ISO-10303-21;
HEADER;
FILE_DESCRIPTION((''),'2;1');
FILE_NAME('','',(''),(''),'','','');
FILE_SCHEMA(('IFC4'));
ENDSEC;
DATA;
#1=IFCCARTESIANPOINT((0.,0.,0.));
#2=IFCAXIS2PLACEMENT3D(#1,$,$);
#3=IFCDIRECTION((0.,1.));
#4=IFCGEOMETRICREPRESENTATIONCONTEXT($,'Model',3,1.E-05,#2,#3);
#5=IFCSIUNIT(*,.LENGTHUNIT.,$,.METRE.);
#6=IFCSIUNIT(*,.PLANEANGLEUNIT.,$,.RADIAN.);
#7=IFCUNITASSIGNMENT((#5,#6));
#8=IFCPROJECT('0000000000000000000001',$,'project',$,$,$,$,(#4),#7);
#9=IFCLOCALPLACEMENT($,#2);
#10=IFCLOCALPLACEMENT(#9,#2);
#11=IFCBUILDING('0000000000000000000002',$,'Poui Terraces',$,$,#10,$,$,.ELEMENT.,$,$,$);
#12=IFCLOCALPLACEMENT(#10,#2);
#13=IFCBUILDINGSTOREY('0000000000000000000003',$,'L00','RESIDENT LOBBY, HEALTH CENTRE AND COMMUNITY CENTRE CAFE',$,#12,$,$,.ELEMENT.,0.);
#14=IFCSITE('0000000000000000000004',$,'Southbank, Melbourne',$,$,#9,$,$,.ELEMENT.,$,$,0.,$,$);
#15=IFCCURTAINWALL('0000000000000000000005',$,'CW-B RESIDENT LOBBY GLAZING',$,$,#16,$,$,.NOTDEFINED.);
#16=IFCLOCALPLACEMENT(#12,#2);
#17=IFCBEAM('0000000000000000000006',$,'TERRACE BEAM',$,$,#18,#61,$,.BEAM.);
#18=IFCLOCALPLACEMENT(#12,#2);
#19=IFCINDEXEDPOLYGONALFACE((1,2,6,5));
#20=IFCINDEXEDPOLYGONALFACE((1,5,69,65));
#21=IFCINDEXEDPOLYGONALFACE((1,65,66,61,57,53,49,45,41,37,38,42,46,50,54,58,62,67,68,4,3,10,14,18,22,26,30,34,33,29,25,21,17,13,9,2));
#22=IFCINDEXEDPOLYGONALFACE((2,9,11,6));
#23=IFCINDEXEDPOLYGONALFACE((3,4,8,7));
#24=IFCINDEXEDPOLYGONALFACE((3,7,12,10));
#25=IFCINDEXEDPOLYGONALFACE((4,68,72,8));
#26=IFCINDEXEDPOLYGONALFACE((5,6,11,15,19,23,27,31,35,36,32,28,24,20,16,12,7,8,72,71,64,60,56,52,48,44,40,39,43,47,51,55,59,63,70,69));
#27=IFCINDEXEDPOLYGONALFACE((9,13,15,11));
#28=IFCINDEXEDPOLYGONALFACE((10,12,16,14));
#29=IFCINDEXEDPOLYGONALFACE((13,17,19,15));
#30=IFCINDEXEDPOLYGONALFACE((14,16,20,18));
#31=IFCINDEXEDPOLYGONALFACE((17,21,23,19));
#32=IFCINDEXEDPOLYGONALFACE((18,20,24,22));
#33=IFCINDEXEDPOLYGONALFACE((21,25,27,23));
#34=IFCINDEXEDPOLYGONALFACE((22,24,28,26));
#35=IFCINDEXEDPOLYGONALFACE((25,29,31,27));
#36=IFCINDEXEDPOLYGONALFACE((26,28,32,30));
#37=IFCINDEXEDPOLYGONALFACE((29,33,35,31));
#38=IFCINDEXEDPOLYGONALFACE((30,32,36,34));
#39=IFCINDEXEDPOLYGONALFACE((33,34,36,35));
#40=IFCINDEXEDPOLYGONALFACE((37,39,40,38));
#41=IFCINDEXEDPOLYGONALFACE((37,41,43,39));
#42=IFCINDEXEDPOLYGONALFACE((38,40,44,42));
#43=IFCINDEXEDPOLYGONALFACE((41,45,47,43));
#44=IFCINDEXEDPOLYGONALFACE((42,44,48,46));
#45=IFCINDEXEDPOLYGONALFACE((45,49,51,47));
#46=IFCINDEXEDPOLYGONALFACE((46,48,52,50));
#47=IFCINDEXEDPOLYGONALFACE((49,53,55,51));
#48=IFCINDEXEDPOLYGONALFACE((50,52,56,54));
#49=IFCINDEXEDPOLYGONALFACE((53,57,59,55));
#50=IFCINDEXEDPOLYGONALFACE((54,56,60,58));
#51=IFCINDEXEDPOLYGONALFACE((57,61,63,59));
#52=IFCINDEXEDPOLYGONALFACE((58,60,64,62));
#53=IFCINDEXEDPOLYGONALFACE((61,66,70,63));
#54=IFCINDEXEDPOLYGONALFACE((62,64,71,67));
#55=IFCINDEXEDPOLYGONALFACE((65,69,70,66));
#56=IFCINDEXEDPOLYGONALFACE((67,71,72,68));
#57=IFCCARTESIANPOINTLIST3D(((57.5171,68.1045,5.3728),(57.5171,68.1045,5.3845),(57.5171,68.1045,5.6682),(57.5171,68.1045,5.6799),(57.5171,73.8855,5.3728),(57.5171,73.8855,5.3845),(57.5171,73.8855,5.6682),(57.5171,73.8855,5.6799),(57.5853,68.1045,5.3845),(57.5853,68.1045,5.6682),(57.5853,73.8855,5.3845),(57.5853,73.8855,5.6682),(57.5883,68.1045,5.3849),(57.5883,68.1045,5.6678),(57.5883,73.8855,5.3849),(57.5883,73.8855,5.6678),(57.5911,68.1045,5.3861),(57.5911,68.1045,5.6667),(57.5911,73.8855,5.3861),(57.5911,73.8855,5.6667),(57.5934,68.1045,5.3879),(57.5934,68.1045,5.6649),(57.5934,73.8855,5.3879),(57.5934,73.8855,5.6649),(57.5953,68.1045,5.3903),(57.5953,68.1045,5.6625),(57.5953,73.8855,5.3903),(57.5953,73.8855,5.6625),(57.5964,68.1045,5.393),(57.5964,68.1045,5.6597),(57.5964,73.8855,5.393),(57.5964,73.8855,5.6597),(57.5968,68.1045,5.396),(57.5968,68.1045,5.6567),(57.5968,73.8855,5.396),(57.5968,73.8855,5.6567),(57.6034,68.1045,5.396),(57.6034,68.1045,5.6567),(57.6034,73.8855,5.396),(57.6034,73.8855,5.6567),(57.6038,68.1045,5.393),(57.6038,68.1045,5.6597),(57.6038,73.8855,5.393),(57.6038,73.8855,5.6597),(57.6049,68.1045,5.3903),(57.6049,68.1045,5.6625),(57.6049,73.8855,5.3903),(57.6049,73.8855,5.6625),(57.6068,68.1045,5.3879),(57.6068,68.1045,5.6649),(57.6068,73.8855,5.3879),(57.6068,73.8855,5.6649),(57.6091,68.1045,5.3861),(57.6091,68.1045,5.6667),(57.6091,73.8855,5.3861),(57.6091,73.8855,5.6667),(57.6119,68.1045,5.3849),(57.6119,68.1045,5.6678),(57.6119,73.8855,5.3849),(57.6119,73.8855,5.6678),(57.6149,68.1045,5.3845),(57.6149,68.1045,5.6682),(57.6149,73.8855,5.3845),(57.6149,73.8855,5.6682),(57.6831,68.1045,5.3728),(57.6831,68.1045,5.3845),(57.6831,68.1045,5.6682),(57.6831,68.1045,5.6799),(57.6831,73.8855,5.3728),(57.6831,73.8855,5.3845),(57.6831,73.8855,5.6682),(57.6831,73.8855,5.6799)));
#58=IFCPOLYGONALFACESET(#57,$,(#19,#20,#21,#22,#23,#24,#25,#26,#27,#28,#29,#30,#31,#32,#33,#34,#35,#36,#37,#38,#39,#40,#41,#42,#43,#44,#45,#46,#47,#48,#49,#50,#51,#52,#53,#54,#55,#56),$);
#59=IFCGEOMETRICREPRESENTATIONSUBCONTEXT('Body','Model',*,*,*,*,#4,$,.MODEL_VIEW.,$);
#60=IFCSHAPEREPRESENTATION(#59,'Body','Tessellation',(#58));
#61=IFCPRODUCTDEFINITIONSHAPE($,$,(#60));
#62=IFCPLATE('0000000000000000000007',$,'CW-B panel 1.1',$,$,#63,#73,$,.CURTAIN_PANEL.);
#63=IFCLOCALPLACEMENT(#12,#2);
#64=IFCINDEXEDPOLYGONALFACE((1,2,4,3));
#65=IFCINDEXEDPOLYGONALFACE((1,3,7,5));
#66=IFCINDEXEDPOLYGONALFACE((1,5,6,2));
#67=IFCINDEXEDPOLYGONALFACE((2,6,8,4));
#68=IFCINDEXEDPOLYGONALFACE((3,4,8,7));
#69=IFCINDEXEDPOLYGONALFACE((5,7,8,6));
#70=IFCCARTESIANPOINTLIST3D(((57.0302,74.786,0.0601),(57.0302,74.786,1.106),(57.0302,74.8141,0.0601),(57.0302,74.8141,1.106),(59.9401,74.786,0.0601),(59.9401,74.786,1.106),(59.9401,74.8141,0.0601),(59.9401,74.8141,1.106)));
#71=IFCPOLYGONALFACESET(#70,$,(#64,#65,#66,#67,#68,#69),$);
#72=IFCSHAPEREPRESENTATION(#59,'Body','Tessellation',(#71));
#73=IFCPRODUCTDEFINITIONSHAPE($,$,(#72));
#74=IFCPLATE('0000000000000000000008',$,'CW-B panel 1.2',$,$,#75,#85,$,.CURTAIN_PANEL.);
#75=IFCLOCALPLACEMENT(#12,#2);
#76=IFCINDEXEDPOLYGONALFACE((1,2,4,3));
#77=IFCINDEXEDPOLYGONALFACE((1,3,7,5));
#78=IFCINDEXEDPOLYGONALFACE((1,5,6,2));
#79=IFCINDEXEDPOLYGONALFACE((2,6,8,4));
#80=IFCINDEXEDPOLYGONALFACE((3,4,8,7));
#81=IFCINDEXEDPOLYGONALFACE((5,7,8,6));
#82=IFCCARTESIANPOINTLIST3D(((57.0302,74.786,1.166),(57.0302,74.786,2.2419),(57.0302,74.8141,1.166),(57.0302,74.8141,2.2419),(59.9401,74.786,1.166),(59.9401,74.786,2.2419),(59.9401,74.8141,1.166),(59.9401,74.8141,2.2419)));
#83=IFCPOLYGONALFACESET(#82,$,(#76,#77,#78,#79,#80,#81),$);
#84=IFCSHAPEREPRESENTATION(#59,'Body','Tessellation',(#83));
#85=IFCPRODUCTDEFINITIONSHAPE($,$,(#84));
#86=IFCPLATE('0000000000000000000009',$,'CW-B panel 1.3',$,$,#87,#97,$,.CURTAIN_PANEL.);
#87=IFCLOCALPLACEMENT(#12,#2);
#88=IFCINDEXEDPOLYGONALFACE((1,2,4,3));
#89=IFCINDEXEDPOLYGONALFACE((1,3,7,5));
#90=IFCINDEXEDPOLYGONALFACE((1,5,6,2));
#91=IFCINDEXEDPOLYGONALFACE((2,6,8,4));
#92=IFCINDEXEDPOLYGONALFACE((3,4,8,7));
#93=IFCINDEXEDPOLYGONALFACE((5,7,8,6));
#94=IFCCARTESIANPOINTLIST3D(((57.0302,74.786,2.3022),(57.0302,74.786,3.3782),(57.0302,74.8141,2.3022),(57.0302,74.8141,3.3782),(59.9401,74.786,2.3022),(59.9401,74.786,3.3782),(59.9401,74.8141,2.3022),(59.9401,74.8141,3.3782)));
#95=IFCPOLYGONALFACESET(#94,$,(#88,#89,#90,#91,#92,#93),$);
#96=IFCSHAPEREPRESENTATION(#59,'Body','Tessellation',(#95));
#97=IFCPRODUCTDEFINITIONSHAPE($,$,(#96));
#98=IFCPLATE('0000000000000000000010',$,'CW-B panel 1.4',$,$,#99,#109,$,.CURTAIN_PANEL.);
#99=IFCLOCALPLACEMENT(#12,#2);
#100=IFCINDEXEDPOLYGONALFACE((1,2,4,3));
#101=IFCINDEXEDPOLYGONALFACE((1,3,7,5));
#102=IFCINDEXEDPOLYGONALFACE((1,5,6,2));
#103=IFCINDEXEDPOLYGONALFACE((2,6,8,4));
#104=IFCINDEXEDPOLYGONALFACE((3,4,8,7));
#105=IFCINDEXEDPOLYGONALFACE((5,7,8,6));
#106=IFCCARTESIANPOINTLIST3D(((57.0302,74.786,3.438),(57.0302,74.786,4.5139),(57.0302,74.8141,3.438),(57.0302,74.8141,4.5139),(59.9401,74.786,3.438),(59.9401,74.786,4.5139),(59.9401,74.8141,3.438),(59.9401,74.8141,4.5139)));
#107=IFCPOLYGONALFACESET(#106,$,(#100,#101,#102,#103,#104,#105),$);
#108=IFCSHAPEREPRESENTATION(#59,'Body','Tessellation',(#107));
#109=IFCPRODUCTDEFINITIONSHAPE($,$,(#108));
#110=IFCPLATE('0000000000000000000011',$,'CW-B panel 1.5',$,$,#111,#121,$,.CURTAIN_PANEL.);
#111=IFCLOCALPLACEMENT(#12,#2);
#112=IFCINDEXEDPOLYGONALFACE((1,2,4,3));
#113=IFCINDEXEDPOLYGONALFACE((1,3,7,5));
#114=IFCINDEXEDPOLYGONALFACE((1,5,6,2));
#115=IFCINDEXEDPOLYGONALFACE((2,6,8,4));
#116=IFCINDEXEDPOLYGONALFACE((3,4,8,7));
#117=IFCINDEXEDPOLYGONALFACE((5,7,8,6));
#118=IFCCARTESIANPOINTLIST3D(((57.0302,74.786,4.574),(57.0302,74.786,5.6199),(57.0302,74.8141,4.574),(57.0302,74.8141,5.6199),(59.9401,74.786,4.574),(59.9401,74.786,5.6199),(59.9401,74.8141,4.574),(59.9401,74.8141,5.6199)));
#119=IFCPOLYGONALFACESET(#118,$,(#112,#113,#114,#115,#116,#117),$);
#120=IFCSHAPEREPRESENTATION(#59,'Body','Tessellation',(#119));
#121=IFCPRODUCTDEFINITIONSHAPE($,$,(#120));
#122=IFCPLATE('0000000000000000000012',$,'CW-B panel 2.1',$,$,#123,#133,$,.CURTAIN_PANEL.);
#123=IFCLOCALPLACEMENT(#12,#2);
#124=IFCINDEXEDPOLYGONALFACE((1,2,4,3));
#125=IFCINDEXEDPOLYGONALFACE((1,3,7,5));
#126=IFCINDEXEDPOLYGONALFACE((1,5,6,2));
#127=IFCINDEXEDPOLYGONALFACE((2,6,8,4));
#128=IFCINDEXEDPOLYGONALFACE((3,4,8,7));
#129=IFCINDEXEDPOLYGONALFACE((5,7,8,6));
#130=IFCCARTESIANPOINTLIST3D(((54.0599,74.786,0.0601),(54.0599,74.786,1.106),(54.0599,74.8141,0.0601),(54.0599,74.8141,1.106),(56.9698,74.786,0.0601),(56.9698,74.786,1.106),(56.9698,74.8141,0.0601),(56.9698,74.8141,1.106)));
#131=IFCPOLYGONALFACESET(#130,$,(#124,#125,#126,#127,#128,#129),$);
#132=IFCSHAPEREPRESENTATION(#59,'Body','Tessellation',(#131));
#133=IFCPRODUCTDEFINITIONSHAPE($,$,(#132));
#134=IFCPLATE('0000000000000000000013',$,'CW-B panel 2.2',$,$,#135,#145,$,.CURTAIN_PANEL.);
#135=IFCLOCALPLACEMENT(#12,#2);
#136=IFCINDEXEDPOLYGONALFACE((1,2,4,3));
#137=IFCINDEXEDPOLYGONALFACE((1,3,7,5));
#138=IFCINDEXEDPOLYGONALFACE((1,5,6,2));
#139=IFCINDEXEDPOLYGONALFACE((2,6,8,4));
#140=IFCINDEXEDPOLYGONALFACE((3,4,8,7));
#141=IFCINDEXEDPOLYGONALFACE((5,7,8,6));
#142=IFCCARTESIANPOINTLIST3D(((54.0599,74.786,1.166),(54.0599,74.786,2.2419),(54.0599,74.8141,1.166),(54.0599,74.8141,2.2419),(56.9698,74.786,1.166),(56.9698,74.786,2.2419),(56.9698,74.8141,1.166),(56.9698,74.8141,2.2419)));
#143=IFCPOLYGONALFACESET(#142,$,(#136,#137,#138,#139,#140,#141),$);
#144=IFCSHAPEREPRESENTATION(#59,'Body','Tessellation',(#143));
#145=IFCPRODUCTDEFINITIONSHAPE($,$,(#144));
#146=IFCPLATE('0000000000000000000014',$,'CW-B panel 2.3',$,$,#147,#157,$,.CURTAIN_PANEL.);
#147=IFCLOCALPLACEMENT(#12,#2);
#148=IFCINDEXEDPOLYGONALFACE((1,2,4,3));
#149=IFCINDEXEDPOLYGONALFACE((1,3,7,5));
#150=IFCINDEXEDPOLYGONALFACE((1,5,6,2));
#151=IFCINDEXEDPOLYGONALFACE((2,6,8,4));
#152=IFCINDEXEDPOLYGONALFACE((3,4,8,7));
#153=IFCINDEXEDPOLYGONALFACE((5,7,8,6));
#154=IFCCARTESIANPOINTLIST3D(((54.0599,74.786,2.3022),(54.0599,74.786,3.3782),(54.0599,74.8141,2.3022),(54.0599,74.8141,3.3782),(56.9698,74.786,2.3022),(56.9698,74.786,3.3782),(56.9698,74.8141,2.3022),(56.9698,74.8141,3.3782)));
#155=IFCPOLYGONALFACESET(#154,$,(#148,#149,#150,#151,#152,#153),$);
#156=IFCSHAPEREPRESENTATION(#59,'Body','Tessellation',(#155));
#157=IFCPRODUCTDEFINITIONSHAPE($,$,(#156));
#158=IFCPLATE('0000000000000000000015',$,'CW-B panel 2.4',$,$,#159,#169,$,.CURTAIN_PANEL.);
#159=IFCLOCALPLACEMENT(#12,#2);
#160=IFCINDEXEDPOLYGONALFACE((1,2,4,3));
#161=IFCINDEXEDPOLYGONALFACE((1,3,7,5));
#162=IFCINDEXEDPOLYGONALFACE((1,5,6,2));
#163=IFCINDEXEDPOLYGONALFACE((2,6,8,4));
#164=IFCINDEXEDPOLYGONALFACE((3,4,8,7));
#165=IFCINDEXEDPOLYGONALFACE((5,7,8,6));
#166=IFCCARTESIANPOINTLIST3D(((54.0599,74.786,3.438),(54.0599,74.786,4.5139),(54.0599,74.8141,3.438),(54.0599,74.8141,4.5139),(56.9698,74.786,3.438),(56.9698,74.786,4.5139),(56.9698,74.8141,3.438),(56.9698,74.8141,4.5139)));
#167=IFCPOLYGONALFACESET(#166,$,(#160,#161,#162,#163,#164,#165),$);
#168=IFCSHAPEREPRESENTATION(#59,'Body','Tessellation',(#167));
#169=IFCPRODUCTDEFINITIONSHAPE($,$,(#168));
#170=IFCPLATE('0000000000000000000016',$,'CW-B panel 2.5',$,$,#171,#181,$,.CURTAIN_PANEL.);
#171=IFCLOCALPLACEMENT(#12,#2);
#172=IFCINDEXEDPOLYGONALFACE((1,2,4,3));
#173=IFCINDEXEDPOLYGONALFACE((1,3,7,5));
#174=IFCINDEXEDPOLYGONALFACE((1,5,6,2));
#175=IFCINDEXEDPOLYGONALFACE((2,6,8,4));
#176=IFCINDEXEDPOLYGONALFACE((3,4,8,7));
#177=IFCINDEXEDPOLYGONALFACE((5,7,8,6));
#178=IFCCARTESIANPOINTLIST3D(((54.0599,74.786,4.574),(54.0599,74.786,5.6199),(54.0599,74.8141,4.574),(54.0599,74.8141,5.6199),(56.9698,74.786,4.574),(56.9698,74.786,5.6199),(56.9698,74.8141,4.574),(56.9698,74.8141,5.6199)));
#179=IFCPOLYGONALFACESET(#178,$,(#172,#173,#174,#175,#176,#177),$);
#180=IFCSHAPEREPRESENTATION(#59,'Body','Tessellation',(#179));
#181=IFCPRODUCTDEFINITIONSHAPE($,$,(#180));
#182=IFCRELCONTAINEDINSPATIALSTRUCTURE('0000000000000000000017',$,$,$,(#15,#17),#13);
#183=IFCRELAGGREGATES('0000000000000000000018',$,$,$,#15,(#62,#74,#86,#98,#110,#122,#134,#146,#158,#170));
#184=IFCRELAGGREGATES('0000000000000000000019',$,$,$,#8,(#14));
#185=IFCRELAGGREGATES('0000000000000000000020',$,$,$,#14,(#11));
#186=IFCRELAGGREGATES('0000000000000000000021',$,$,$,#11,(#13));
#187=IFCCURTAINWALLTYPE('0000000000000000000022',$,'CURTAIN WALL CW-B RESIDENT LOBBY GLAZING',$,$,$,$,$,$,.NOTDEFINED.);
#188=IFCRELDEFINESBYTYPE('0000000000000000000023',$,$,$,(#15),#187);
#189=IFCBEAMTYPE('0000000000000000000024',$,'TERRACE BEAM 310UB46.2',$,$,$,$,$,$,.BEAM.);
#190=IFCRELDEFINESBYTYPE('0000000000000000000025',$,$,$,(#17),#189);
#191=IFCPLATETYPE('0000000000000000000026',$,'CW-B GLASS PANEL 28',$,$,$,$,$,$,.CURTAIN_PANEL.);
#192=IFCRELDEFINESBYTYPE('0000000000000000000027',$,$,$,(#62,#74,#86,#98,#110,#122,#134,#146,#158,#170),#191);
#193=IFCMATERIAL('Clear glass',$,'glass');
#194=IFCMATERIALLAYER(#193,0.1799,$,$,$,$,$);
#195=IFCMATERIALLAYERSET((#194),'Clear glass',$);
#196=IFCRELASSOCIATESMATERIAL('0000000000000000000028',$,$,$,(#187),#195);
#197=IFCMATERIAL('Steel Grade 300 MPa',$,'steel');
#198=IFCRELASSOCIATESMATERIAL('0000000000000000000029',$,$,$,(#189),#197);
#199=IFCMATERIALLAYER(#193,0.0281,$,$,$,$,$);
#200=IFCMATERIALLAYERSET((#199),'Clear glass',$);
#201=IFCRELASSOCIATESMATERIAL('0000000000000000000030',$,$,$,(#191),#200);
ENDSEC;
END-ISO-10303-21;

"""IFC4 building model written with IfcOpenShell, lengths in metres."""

from ifc_helpers import new_model, si_unit, direction, frame, origin, origin_2d, place, context, subcontext, project, spatial, rectangle, i_section, extrude, source, transform, mapped, material, layer, layer_set, material_profile, profile_set, type_object, element, aggregate, save


model = new_model("IFC4")

# Units and contexts
model_context = context("Model", 3, precision=1e-05, world=origin(), true_north=direction((0.0, 1.0)))
body_context = subcontext(model_context, "Body", "Model", "MODEL_VIEW")
ifc_project = project(units=[si_unit("LENGTHUNIT", "METRE"), si_unit("PLANEANGLEUNIT", "RADIAN")], contexts=[model_context])

# Site, building, storey
site_placement = place(None, origin())
site = spatial("IfcSite", under=ifc_project, at=site_placement, Name="Southbank, Melbourne", CompositionType="ELEMENT", RefElevation=0.0)
building_placement = place(site_placement, origin())
building = spatial("IfcBuilding", under=site, at=building_placement, Name="Poui Terraces", CompositionType="ELEMENT")
storey_placement = place(building_placement, origin())
storey = spatial("IfcBuildingStorey", under=building, at=storey_placement, Name="L00", Description="RESIDENT LOBBY, HEALTH CENTRE AND COMMUNITY CENTRE CAFE", CompositionType="ELEMENT", Elevation=0.0)

# Shared definitions
ifc_material_1 = material(Name="Clear glass", Category="glass")
ifc_layer_1 = layer(ifc_material_1, 0.1799)
ifc_layer_set_1 = layer_set([ifc_layer_1], Name="Clear glass")
curtain_wall_type = type_object("IfcCurtainWallType", Name="CURTAIN WALL CW-B RESIDENT LOBBY GLAZING", PredefinedType="NOTDEFINED", material=ifc_layer_set_1)

# Curtain wall
curtain_wall_1_placement = place(storey_placement, origin())
curtain_wall_1 = element("IfcCurtainWall", 1, at=curtain_wall_1_placement, inside=storey, type_object=curtain_wall_type, Name="CW-B RESIDENT LOBBY GLAZING", PredefinedType="NOTDEFINED")

# Beam
ifc_material_2 = material(Name="Steel Grade 300 MPa", Category="steel")
ifc_material_profile_1 = material_profile(ifc_material_2, i_section(OverallWidth=0.166, OverallDepth=0.3071, WebThickness=0.0066, FlangeThickness=0.0117, FilletRadius=0.0115, at=origin_2d()), Name="310UB46.2")
ifc_profile_set_1 = profile_set([ifc_material_profile_1], Name="Steel Grade 300 MPa")
beam_type = type_object("IfcBeamType", Name="TERRACE BEAM 310UB46.2", PredefinedType="BEAM", material=ifc_profile_set_1)
shared_shape = source(origin(), body_context, "Body", "SweptSolid", [
    extrude(i_section(OverallWidth=0.166, OverallDepth=0.3071, WebThickness=0.0066, FlangeThickness=0.0117, FilletRadius=0.0115, at=origin_2d()), origin(), (0.0, 0.0, 1.0), 5.781),
])
for number, where, z_axis, x_axis, name in (
    (2, (57.6001, 68.1045, 5.5264), (0.0, 1.0, 0.0), (-1.0, 0.0, 0.0), "TERRACE BEAM"),
):
    element("IfcBeam", number, at=place(storey_placement, frame(where, z_axis=z_axis, x_axis=x_axis)), inside=storey, type_object=beam_type, Name=name, PredefinedType="BEAM", context=body_context, shape_type="MappedRepresentation", body=[
        mapped(shared_shape, transform((0.0, 0.0, 0.0))),
    ])

# Plates
ifc_layer_2 = layer(ifc_material_1, 0.0281)
ifc_layer_set_2 = layer_set([ifc_layer_2], Name="Clear glass")
plate_type = type_object("IfcPlateType", Name="CW-B GLASS PANEL 28", PredefinedType="CURTAIN_PANEL", material=ifc_layer_set_2)
plate_1_placement = place(storey_placement, frame((58.4851, 74.8, 0.0601), z_axis=(0.0, 0.0, 1.0), x_axis=(-1.0, 0.0, 0.0)))
plate_1 = element("IfcPlate", 3, at=plate_1_placement, type_object=plate_type, Name="CW-B panel 1.1", PredefinedType="CURTAIN_PANEL", context=body_context, shape_type="SweptSolid", body=[
    extrude(rectangle(XDim=2.9099, YDim=0.0281, at=origin_2d()), origin(), (0.0, 0.0, 1.0), 1.0459),
])
plate_2_placement = place(storey_placement, frame((58.4851, 74.8, 1.166), z_axis=(0.0, 0.0, 1.0), x_axis=(-1.0, 0.0, 0.0)))
plate_2 = element("IfcPlate", 4, at=plate_2_placement, type_object=plate_type, Name="CW-B panel 1.2", PredefinedType="CURTAIN_PANEL", context=body_context, shape_type="SweptSolid", body=[
    extrude(rectangle(XDim=2.9099, YDim=0.0281, at=origin_2d()), origin(), (0.0, 0.0, 1.0), 1.0759),
])
plate_3_placement = place(storey_placement, frame((58.4851, 74.8, 2.3022), z_axis=(0.0, 0.0, 1.0), x_axis=(-1.0, 0.0, 0.0)))
plate_3 = element("IfcPlate", 5, at=plate_3_placement, type_object=plate_type, Name="CW-B panel 1.3", PredefinedType="CURTAIN_PANEL", context=body_context, shape_type="SweptSolid", body=[
    extrude(rectangle(XDim=2.9099, YDim=0.0281, at=origin_2d()), origin(), (0.0, 0.0, 1.0), 1.0759),
])
plate_4_placement = place(storey_placement, frame((58.4851, 74.8, 3.438), z_axis=(0.0, 0.0, 1.0), x_axis=(-1.0, 0.0, 0.0)))
plate_4 = element("IfcPlate", 6, at=plate_4_placement, type_object=plate_type, Name="CW-B panel 1.4", PredefinedType="CURTAIN_PANEL", context=body_context, shape_type="SweptSolid", body=[
    extrude(rectangle(XDim=2.9099, YDim=0.0281, at=origin_2d()), origin(), (0.0, 0.0, 1.0), 1.0759),
])
plate_5_placement = place(storey_placement, frame((58.4851, 74.8, 4.574), z_axis=(0.0, 0.0, 1.0), x_axis=(-1.0, 0.0, 0.0)))
plate_5 = element("IfcPlate", 7, at=plate_5_placement, type_object=plate_type, Name="CW-B panel 1.5", PredefinedType="CURTAIN_PANEL", context=body_context, shape_type="SweptSolid", body=[
    extrude(rectangle(XDim=2.9099, YDim=0.0281, at=origin_2d()), origin(), (0.0, 0.0, 1.0), 1.0459),
])
plate_6_placement = place(storey_placement, frame((55.5149, 74.8, 0.0601), z_axis=(0.0, 0.0, 1.0), x_axis=(-1.0, 0.0, 0.0)))
plate_6 = element("IfcPlate", 8, at=plate_6_placement, type_object=plate_type, Name="CW-B panel 2.1", PredefinedType="CURTAIN_PANEL", context=body_context, shape_type="SweptSolid", body=[
    extrude(rectangle(XDim=2.9099, YDim=0.0281, at=origin_2d()), origin(), (0.0, 0.0, 1.0), 1.0459),
])
plate_7_placement = place(storey_placement, frame((55.5149, 74.8, 1.166), z_axis=(0.0, 0.0, 1.0), x_axis=(-1.0, 0.0, 0.0)))
plate_7 = element("IfcPlate", 9, at=plate_7_placement, type_object=plate_type, Name="CW-B panel 2.2", PredefinedType="CURTAIN_PANEL", context=body_context, shape_type="SweptSolid", body=[
    extrude(rectangle(XDim=2.9099, YDim=0.0281, at=origin_2d()), origin(), (0.0, 0.0, 1.0), 1.0759),
])
plate_8_placement = place(storey_placement, frame((55.5149, 74.8, 2.3022), z_axis=(0.0, 0.0, 1.0), x_axis=(-1.0, 0.0, 0.0)))
plate_8 = element("IfcPlate", 10, at=plate_8_placement, type_object=plate_type, Name="CW-B panel 2.3", PredefinedType="CURTAIN_PANEL", context=body_context, shape_type="SweptSolid", body=[
    extrude(rectangle(XDim=2.9099, YDim=0.0281, at=origin_2d()), origin(), (0.0, 0.0, 1.0), 1.0759),
])
plate_9_placement = place(storey_placement, frame((55.5149, 74.8, 3.438), z_axis=(0.0, 0.0, 1.0), x_axis=(-1.0, 0.0, 0.0)))
plate_9 = element("IfcPlate", 11, at=plate_9_placement, type_object=plate_type, Name="CW-B panel 2.4", PredefinedType="CURTAIN_PANEL", context=body_context, shape_type="SweptSolid", body=[
    extrude(rectangle(XDim=2.9099, YDim=0.0281, at=origin_2d()), origin(), (0.0, 0.0, 1.0), 1.0759),
])
plate_10_placement = place(storey_placement, frame((55.5149, 74.8, 4.574), z_axis=(0.0, 0.0, 1.0), x_axis=(-1.0, 0.0, 0.0)))
plate_10 = element("IfcPlate", 12, at=plate_10_placement, type_object=plate_type, Name="CW-B panel 2.5", PredefinedType="CURTAIN_PANEL", context=body_context, shape_type="SweptSolid", body=[
    extrude(rectangle(XDim=2.9099, YDim=0.0281, at=origin_2d()), origin(), (0.0, 0.0, 1.0), 1.0459),
])
aggregate(curtain_wall_1, [plate_1, plate_2, plate_3, plate_4, plate_5, plate_6, plate_7, plate_8, plate_9, plate_10])

save(model, "model.ifc")
